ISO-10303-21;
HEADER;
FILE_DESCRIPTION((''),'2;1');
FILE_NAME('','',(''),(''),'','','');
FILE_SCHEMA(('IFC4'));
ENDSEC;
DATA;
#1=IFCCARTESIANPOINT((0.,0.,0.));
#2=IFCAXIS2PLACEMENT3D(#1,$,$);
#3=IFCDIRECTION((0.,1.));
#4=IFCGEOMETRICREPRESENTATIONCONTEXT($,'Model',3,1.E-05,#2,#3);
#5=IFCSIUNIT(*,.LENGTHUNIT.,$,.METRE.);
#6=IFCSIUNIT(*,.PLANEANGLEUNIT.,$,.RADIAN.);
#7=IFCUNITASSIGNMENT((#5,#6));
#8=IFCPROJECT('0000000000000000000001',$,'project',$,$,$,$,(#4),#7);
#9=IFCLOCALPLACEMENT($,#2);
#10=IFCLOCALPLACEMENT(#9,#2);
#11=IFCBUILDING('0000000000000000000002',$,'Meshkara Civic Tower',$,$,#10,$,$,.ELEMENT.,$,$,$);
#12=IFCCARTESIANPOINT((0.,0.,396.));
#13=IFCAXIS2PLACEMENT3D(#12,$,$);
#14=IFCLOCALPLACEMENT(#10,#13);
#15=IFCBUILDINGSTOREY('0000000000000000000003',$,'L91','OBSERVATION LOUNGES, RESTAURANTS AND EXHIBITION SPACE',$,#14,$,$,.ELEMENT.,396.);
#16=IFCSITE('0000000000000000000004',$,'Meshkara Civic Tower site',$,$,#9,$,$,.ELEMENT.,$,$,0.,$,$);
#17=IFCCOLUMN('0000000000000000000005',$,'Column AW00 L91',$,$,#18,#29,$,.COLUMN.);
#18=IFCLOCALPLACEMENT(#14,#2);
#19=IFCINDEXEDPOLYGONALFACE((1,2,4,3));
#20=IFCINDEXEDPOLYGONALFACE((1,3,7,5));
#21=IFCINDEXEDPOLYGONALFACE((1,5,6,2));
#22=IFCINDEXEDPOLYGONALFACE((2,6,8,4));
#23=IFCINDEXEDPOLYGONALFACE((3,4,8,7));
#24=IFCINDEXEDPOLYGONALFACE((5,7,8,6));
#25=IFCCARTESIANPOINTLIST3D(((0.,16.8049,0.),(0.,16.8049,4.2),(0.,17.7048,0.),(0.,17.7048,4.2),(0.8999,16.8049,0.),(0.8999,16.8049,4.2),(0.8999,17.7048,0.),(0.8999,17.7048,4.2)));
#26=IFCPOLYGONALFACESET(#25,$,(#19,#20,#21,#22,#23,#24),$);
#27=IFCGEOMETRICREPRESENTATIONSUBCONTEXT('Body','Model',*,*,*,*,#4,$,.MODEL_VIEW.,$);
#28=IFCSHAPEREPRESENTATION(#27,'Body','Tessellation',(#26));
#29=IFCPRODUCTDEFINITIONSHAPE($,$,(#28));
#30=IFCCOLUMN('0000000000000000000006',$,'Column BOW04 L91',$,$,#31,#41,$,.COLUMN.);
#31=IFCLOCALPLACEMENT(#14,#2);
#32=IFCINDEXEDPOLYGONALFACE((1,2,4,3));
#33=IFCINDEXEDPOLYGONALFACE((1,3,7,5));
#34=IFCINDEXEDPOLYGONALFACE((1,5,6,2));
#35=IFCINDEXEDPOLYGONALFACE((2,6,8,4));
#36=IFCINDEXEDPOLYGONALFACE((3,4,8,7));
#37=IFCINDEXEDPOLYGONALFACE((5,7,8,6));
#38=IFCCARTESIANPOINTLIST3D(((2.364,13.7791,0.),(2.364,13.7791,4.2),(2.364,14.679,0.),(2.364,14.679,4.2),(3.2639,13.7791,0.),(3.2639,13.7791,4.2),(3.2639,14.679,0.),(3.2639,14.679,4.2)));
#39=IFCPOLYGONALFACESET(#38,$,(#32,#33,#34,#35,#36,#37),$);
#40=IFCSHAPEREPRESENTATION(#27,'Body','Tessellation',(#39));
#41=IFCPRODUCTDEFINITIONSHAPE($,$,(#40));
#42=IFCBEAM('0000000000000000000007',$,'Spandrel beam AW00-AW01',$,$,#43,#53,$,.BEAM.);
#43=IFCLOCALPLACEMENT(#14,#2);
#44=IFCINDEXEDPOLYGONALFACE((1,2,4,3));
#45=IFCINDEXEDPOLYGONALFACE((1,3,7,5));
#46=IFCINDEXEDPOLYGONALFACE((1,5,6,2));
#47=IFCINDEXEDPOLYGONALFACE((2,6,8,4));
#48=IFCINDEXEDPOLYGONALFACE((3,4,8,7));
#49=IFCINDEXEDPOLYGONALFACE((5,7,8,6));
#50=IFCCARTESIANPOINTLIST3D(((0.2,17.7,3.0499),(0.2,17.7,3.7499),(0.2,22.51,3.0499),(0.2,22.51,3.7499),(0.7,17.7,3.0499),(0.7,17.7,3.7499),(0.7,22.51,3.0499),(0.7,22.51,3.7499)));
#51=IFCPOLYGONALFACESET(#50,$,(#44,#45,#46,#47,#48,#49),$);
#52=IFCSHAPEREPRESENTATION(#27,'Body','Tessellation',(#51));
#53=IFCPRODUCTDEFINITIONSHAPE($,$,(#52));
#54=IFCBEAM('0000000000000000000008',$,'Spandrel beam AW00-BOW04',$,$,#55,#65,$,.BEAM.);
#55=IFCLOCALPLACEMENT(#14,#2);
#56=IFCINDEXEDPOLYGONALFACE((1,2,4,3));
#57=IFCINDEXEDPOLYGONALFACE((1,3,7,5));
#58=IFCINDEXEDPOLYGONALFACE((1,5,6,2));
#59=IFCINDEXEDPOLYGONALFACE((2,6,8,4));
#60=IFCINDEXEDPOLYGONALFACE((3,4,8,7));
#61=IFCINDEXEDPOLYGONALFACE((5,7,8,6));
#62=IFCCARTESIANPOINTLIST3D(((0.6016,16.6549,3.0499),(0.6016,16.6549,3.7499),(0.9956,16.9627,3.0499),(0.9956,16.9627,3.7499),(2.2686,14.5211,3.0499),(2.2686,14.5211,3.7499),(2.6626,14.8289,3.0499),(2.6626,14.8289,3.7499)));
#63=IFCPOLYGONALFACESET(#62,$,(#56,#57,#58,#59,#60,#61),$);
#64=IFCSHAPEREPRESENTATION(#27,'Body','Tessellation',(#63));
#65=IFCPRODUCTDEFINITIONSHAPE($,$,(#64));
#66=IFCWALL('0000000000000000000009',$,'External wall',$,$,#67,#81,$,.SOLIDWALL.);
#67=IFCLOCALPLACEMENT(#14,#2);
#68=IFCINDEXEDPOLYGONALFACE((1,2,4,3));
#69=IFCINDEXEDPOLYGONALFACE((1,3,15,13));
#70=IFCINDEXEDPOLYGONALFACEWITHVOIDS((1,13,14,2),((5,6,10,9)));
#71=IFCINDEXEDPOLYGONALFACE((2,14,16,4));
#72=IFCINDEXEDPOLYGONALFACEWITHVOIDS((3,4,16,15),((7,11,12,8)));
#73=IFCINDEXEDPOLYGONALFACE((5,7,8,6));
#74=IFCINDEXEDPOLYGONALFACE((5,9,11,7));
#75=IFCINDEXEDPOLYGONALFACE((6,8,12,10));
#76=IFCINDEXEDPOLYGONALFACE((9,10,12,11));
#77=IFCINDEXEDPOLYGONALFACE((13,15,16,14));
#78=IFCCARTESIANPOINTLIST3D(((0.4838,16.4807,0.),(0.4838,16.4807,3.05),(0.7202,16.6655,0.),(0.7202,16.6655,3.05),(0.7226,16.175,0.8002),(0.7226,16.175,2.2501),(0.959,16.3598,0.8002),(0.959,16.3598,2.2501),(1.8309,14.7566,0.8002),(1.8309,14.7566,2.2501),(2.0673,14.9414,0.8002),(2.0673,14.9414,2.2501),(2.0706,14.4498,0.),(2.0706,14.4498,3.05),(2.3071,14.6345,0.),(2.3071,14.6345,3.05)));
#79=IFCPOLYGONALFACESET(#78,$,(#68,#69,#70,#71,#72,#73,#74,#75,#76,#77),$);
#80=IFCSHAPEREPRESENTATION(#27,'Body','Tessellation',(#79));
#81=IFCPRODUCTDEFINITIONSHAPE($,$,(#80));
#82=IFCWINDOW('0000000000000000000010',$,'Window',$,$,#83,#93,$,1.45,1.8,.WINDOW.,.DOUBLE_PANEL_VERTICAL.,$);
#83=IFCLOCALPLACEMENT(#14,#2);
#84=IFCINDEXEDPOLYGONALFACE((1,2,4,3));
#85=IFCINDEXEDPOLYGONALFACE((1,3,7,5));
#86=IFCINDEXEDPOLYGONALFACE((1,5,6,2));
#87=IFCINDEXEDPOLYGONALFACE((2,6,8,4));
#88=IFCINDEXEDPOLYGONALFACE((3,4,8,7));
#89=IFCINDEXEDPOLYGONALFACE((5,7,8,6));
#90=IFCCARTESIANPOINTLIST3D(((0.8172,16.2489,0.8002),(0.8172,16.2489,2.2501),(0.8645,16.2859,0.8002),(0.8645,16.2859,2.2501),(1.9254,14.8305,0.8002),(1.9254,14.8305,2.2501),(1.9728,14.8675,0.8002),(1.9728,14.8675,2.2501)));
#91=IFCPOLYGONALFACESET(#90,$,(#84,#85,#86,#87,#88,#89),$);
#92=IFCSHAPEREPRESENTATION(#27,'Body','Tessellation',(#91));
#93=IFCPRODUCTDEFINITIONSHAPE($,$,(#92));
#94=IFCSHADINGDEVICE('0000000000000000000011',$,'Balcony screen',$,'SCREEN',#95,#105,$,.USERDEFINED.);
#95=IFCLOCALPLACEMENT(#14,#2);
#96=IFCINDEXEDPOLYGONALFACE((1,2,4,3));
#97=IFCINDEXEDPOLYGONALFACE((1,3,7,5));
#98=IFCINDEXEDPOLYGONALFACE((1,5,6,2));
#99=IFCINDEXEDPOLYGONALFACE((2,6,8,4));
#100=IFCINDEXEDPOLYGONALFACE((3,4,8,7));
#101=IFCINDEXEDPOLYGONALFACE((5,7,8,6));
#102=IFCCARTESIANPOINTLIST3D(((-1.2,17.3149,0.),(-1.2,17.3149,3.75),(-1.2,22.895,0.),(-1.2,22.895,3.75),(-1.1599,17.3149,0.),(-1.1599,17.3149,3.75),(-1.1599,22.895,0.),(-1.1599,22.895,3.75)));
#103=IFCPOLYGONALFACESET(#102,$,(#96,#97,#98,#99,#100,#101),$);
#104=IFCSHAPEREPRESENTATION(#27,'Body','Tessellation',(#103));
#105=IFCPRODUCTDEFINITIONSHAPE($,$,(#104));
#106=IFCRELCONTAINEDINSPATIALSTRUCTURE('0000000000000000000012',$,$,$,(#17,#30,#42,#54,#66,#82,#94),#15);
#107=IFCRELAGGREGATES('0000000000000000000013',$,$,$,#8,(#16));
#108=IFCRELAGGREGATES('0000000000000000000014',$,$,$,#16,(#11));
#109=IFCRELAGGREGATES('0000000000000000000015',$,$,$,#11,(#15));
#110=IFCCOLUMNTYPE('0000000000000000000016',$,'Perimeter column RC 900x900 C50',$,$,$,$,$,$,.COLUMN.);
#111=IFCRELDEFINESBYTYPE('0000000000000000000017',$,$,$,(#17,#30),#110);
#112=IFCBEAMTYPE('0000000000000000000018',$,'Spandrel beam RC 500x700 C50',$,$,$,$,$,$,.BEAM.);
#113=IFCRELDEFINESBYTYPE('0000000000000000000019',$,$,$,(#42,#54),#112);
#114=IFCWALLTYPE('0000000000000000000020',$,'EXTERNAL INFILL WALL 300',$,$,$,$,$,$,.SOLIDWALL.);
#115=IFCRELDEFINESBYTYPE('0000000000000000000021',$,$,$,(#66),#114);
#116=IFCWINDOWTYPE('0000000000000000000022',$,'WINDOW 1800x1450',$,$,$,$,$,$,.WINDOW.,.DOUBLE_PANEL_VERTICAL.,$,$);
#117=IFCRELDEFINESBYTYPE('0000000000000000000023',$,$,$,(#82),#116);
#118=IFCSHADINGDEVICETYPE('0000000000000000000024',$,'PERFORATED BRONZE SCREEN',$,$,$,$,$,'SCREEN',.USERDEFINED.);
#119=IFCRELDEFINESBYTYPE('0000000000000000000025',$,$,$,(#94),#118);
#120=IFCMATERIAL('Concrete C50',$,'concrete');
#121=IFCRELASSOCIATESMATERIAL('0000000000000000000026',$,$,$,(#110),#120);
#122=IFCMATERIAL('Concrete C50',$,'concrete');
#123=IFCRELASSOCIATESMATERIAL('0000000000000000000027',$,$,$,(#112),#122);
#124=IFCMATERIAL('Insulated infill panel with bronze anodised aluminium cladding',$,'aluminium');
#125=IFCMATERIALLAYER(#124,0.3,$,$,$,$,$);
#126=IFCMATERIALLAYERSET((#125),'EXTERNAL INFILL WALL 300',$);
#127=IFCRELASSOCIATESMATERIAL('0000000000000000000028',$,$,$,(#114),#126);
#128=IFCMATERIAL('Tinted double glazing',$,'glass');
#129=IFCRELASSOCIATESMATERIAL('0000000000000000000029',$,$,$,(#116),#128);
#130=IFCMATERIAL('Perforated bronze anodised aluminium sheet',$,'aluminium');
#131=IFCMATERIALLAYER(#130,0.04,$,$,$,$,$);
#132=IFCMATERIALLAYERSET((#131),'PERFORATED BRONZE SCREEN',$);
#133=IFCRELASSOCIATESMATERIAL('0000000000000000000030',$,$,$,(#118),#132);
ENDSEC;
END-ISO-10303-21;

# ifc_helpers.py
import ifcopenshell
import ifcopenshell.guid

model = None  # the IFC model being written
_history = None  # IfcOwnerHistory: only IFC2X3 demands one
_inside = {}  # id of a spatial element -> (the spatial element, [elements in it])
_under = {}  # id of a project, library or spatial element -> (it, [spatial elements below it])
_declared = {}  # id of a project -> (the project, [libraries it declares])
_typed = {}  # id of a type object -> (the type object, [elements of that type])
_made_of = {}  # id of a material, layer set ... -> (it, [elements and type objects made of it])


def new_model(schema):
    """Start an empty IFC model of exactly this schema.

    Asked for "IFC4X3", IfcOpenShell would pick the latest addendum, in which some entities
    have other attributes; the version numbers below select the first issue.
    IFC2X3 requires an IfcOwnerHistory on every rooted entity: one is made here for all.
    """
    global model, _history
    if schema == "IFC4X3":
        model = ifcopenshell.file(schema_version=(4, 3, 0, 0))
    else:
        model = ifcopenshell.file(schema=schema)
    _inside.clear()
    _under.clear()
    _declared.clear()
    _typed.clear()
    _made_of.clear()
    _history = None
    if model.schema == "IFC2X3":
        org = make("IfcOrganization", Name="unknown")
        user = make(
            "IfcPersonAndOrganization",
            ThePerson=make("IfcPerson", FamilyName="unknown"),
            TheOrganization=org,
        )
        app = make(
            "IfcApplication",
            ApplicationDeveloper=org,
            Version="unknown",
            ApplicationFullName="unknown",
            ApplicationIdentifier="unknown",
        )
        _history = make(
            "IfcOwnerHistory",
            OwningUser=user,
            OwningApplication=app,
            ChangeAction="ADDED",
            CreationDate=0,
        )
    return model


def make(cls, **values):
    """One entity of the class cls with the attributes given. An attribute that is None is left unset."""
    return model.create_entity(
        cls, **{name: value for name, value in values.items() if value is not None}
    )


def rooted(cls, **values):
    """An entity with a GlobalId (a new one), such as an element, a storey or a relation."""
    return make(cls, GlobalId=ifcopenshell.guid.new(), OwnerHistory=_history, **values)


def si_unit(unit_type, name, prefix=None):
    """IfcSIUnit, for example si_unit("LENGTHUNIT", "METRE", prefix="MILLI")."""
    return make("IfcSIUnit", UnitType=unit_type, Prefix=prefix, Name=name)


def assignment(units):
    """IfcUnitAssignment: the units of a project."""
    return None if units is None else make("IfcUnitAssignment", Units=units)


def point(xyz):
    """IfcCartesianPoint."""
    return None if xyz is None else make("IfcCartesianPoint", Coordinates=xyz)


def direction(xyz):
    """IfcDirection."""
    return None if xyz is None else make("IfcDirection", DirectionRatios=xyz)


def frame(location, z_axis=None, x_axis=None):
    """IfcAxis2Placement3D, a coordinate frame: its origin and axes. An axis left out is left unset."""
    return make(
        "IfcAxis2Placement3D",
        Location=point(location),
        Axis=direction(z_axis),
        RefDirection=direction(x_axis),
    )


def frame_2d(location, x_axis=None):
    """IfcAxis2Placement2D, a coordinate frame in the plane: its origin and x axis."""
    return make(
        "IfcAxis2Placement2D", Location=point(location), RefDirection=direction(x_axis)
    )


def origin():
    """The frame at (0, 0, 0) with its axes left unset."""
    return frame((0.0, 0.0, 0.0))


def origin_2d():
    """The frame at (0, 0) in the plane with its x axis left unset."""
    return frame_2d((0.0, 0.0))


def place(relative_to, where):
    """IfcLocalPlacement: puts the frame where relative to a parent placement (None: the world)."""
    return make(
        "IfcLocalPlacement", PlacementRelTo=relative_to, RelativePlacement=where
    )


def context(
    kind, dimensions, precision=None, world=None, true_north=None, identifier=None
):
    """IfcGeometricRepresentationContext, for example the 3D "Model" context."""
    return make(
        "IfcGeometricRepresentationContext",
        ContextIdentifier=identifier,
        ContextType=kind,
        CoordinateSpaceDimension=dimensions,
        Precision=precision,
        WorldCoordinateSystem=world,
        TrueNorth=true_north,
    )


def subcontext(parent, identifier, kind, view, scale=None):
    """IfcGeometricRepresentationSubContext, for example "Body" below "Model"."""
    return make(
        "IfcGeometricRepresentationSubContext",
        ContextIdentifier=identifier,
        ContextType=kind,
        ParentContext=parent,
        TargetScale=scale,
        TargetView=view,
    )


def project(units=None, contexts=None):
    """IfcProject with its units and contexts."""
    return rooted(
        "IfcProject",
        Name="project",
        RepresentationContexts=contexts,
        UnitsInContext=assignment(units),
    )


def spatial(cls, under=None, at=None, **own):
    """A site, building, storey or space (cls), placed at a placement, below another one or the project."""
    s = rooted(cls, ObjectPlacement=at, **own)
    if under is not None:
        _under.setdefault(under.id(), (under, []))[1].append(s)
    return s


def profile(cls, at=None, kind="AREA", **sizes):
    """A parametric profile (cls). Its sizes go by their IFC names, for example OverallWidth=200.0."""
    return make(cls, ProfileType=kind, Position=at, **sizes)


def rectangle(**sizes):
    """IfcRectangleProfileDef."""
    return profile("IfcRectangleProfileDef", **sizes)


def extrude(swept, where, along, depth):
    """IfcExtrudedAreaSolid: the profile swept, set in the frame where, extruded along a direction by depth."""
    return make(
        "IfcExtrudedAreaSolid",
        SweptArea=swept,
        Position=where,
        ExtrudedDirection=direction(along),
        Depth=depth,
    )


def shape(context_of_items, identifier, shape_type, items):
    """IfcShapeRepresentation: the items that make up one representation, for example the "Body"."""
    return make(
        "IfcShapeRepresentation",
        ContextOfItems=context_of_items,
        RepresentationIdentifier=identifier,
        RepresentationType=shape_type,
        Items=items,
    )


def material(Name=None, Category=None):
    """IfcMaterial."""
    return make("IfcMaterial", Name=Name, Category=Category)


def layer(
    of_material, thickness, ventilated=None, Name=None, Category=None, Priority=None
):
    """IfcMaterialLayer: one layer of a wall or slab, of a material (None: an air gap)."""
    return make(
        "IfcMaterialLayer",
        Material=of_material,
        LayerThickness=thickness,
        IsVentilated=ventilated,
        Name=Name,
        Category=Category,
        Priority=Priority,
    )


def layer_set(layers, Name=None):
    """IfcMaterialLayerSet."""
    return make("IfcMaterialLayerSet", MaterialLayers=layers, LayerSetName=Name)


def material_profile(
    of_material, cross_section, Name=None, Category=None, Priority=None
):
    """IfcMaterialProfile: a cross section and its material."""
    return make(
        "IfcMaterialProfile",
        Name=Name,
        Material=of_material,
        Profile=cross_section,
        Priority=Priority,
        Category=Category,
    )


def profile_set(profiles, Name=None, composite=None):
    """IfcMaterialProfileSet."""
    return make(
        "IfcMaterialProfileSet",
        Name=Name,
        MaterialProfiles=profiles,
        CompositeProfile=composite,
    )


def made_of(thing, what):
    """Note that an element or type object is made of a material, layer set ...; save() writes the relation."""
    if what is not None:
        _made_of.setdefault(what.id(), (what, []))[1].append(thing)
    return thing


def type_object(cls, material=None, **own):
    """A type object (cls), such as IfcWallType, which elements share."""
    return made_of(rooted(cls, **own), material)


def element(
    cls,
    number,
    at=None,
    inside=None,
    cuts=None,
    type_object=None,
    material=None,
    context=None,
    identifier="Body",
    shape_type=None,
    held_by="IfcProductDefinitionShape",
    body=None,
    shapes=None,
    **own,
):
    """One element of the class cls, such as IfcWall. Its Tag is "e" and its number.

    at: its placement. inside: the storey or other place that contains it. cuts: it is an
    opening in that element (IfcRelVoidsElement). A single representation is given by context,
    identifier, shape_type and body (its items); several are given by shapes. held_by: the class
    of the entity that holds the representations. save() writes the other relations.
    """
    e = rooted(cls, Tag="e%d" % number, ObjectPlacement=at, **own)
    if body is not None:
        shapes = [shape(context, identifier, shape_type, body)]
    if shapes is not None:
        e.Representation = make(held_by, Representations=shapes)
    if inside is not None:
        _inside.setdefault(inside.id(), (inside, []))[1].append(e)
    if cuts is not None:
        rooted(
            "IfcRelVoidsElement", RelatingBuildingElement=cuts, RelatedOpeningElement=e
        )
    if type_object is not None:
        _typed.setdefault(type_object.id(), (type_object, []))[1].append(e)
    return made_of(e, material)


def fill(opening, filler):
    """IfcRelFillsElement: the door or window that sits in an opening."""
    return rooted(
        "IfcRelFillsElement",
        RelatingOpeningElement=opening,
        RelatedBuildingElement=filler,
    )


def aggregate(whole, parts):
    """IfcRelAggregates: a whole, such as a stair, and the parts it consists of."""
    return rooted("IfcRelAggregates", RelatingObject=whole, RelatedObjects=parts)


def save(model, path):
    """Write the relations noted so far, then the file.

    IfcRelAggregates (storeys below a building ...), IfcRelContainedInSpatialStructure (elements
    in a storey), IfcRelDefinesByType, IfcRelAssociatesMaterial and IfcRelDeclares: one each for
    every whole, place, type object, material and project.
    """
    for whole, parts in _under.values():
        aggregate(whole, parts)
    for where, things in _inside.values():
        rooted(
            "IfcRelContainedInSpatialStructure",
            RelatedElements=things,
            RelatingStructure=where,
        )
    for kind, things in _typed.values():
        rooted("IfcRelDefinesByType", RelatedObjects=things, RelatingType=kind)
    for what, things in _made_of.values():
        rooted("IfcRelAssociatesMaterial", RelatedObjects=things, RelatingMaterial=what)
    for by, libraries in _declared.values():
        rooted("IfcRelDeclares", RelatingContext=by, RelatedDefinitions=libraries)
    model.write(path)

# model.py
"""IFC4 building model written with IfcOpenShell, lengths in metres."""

from ifc_helpers import new_model, si_unit, direction, frame, frame_2d, origin, origin_2d, place, context, subcontext, project, spatial, rectangle, extrude, material, layer, layer_set, material_profile, profile_set, type_object, element, fill, save


model = new_model("IFC4")

# Units and contexts
model_context = context("Model", 3, precision=1e-05, world=origin(), true_north=direction((0.0, 1.0)))
body_context = subcontext(model_context, "Body", "Model", "MODEL_VIEW")
ifc_project = project(units=[si_unit("LENGTHUNIT", "METRE"), si_unit("PLANEANGLEUNIT", "RADIAN")], contexts=[model_context])

# Site, building, storey
site_placement = place(None, origin())
site = spatial("IfcSite", under=ifc_project, at=site_placement, Name="Meshkara Civic Tower site", CompositionType="ELEMENT", RefElevation=0.0)
building_placement = place(site_placement, origin())
building = spatial("IfcBuilding", under=site, at=building_placement, Name="Meshkara Civic Tower", CompositionType="ELEMENT")
storey_placement = place(building_placement, frame((0.0, 0.0, 396.0)))
storey = spatial("IfcBuildingStorey", under=building, at=storey_placement, Name="L91", Description="OBSERVATION LOUNGES, RESTAURANTS AND EXHIBITION SPACE", CompositionType="ELEMENT", Elevation=396.0)

# Columns
ifc_material_1 = material(Name="Concrete C50", Category="concrete")
ifc_material_profile_1 = material_profile(ifc_material_1, rectangle(XDim=0.8999, YDim=0.8999, at=origin_2d()))
ifc_profile_set_1 = profile_set([ifc_material_profile_1], Name="Concrete C50")
column_type = type_object("IfcColumnType", Name="Perimeter column RC 900x900 C50", PredefinedType="COLUMN", material=ifc_profile_set_1)
for number, where, z_axis, x_axis, name in (
    (1, (0.45, 17.2549, 0.0), (0.0, 0.0, 1.0), (1.0, 0.0, 0.0), "Column AW00 L91"),
    (2, (2.814, 14.229, 0.0), (0.0, 0.0, 1.0), (1.0, 0.0, 0.0), "Column BOW04 L91"),
):
    element("IfcColumn", number, at=place(storey_placement, frame(where, z_axis=z_axis, x_axis=x_axis)), inside=storey, type_object=column_type, Name=name, PredefinedType="COLUMN", context=body_context, shape_type="SweptSolid", body=[
        extrude(rectangle(XDim=0.8999, YDim=0.8999, at=origin_2d()), origin(), (0.0, 0.0, 1.0), 4.2),
    ])

# Beams
ifc_material_2 = material(Name="Concrete C50", Category="concrete")
ifc_material_profile_2 = material_profile(ifc_material_2, rectangle(XDim=0.5, YDim=0.7, at=origin_2d()))
ifc_profile_set_2 = profile_set([ifc_material_profile_2], Name="Concrete C50")
beam_type = type_object("IfcBeamType", Name="Spandrel beam RC 500x700 C50", PredefinedType="BEAM", material=ifc_profile_set_2)
beam_1_placement = place(storey_placement, frame((0.45, 22.51, 3.3999), z_axis=(0.0, -1.0, 0.0), x_axis=(1.0, 0.0, 0.0)))
element("IfcBeam", 3, at=beam_1_placement, inside=storey, type_object=beam_type, Name="Spandrel beam AW00-AW01", PredefinedType="BEAM", context=body_context, shape_type="SweptSolid", body=[
    extrude(rectangle(XDim=0.5, YDim=0.7, at=origin_2d()), origin(), (0.0, 0.0, 1.0), 4.8101),
])
beam_2_placement = place(storey_placement, frame((0.7986, 16.8088, 3.3999), z_axis=(0.615637, -0.78803, 0.0), x_axis=(0.78803, 0.615637, 0.0)))
element("IfcBeam", 4, at=beam_2_placement, inside=storey, type_object=beam_type, Name="Spandrel beam AW00-BOW04", PredefinedType="BEAM", context=body_context, shape_type="SweptSolid", body=[
    extrude(rectangle(XDim=0.5, YDim=0.7, at=origin_2d()), origin(), (0.0, 0.0, 1.0), 2.7078),
])

# Wall, opening, window
ifc_material_3 = material(Name="Insulated infill panel with bronze anodised aluminium cladding", Category="aluminium")
ifc_layer_1 = layer(ifc_material_3, 0.3)
ifc_layer_set_1 = layer_set([ifc_layer_1], Name="EXTERNAL INFILL WALL 300")
wall_type_1 = type_object("IfcWallType", Name="EXTERNAL INFILL WALL 300", PredefinedType="SOLIDWALL", material=ifc_layer_set_1)
wall_1_placement = place(storey_placement, frame((0.6021, 16.573, 0.0), z_axis=(0.0, 0.0, 1.0), x_axis=(0.61569, -0.787988, 0.0)))
wall_1 = element("IfcWall", 5, at=wall_1_placement, inside=storey, type_object=wall_type_1, Name="External wall", PredefinedType="SOLIDWALL", context=body_context, shape_type="SweptSolid", body=[
    extrude(rectangle(XDim=2.5774, YDim=0.3, at=frame_2d((1.2886, 0.0))), origin(), (0.0, 0.0, 1.0), 3.05),
])
opening_1_placement = place(wall_1_placement, frame((0.3879, 0.0, 0.8)))
opening_1 = element("IfcOpeningElement", 6, at=opening_1_placement, cuts=wall_1, PredefinedType="OPENING", context=body_context, shape_type="SweptSolid", body=[
    extrude(rectangle(XDim=1.8, YDim=1.45, at=frame_2d((0.8999, 0.7251))), frame((0.0, 0.1599, 0.0), z_axis=(0.0, -1.0, 0.0), x_axis=(1.0, 0.0, 0.0)), (0.0, 0.0, 1.0), 0.3201),
])
ifc_material_4 = material(Name="Tinted double glazing", Category="glass")
window_type = type_object("IfcWindowType", Name="WINDOW 1800x1450", PartitioningType="DOUBLE_PANEL_VERTICAL", PredefinedType="WINDOW", material=ifc_material_4)
window_placement = place(opening_1_placement, origin())
window = element("IfcWindow", 7, at=window_placement, inside=storey, type_object=window_type, Name="Window", OverallHeight=1.45, OverallWidth=1.8, PartitioningType="DOUBLE_PANEL_VERTICAL", PredefinedType="WINDOW", context=body_context, shape_type="SweptSolid", body=[
    extrude(rectangle(XDim=1.8, YDim=1.45, at=frame_2d((0.8999, 0.7251))), frame((0.0, 0.03, 0.0), z_axis=(0.0, -1.0, 0.0), x_axis=(1.0, 0.0, 0.0)), (0.0, 0.0, 1.0), 0.0601),
])
fill(opening_1, window)

# Shading device
ifc_material_5 = material(Name="Perforated bronze anodised aluminium sheet", Category="aluminium")
ifc_layer_2 = layer(ifc_material_5, 0.04)
ifc_layer_set_2 = layer_set([ifc_layer_2], Name="PERFORATED BRONZE SCREEN")
shading_device_type = type_object("IfcShadingDeviceType", Name="PERFORATED BRONZE SCREEN", ElementType="SCREEN", PredefinedType="USERDEFINED", material=ifc_layer_set_2)
shading_device_placement = place(storey_placement, frame((-1.1799, 20.105, 0.0), z_axis=(0.0, 0.0, 1.0), x_axis=(0.0, -1.0, 0.0)))
element("IfcShadingDevice", 8, at=shading_device_placement, inside=storey, type_object=shading_device_type, Name="Balcony screen", ObjectType="SCREEN", PredefinedType="USERDEFINED", context=body_context, shape_type="SweptSolid", body=[
    extrude(rectangle(XDim=5.5801, YDim=0.04, at=origin_2d()), origin(), (0.0, 0.0, 1.0), 3.75),
])

save(model, "model.ifc")
